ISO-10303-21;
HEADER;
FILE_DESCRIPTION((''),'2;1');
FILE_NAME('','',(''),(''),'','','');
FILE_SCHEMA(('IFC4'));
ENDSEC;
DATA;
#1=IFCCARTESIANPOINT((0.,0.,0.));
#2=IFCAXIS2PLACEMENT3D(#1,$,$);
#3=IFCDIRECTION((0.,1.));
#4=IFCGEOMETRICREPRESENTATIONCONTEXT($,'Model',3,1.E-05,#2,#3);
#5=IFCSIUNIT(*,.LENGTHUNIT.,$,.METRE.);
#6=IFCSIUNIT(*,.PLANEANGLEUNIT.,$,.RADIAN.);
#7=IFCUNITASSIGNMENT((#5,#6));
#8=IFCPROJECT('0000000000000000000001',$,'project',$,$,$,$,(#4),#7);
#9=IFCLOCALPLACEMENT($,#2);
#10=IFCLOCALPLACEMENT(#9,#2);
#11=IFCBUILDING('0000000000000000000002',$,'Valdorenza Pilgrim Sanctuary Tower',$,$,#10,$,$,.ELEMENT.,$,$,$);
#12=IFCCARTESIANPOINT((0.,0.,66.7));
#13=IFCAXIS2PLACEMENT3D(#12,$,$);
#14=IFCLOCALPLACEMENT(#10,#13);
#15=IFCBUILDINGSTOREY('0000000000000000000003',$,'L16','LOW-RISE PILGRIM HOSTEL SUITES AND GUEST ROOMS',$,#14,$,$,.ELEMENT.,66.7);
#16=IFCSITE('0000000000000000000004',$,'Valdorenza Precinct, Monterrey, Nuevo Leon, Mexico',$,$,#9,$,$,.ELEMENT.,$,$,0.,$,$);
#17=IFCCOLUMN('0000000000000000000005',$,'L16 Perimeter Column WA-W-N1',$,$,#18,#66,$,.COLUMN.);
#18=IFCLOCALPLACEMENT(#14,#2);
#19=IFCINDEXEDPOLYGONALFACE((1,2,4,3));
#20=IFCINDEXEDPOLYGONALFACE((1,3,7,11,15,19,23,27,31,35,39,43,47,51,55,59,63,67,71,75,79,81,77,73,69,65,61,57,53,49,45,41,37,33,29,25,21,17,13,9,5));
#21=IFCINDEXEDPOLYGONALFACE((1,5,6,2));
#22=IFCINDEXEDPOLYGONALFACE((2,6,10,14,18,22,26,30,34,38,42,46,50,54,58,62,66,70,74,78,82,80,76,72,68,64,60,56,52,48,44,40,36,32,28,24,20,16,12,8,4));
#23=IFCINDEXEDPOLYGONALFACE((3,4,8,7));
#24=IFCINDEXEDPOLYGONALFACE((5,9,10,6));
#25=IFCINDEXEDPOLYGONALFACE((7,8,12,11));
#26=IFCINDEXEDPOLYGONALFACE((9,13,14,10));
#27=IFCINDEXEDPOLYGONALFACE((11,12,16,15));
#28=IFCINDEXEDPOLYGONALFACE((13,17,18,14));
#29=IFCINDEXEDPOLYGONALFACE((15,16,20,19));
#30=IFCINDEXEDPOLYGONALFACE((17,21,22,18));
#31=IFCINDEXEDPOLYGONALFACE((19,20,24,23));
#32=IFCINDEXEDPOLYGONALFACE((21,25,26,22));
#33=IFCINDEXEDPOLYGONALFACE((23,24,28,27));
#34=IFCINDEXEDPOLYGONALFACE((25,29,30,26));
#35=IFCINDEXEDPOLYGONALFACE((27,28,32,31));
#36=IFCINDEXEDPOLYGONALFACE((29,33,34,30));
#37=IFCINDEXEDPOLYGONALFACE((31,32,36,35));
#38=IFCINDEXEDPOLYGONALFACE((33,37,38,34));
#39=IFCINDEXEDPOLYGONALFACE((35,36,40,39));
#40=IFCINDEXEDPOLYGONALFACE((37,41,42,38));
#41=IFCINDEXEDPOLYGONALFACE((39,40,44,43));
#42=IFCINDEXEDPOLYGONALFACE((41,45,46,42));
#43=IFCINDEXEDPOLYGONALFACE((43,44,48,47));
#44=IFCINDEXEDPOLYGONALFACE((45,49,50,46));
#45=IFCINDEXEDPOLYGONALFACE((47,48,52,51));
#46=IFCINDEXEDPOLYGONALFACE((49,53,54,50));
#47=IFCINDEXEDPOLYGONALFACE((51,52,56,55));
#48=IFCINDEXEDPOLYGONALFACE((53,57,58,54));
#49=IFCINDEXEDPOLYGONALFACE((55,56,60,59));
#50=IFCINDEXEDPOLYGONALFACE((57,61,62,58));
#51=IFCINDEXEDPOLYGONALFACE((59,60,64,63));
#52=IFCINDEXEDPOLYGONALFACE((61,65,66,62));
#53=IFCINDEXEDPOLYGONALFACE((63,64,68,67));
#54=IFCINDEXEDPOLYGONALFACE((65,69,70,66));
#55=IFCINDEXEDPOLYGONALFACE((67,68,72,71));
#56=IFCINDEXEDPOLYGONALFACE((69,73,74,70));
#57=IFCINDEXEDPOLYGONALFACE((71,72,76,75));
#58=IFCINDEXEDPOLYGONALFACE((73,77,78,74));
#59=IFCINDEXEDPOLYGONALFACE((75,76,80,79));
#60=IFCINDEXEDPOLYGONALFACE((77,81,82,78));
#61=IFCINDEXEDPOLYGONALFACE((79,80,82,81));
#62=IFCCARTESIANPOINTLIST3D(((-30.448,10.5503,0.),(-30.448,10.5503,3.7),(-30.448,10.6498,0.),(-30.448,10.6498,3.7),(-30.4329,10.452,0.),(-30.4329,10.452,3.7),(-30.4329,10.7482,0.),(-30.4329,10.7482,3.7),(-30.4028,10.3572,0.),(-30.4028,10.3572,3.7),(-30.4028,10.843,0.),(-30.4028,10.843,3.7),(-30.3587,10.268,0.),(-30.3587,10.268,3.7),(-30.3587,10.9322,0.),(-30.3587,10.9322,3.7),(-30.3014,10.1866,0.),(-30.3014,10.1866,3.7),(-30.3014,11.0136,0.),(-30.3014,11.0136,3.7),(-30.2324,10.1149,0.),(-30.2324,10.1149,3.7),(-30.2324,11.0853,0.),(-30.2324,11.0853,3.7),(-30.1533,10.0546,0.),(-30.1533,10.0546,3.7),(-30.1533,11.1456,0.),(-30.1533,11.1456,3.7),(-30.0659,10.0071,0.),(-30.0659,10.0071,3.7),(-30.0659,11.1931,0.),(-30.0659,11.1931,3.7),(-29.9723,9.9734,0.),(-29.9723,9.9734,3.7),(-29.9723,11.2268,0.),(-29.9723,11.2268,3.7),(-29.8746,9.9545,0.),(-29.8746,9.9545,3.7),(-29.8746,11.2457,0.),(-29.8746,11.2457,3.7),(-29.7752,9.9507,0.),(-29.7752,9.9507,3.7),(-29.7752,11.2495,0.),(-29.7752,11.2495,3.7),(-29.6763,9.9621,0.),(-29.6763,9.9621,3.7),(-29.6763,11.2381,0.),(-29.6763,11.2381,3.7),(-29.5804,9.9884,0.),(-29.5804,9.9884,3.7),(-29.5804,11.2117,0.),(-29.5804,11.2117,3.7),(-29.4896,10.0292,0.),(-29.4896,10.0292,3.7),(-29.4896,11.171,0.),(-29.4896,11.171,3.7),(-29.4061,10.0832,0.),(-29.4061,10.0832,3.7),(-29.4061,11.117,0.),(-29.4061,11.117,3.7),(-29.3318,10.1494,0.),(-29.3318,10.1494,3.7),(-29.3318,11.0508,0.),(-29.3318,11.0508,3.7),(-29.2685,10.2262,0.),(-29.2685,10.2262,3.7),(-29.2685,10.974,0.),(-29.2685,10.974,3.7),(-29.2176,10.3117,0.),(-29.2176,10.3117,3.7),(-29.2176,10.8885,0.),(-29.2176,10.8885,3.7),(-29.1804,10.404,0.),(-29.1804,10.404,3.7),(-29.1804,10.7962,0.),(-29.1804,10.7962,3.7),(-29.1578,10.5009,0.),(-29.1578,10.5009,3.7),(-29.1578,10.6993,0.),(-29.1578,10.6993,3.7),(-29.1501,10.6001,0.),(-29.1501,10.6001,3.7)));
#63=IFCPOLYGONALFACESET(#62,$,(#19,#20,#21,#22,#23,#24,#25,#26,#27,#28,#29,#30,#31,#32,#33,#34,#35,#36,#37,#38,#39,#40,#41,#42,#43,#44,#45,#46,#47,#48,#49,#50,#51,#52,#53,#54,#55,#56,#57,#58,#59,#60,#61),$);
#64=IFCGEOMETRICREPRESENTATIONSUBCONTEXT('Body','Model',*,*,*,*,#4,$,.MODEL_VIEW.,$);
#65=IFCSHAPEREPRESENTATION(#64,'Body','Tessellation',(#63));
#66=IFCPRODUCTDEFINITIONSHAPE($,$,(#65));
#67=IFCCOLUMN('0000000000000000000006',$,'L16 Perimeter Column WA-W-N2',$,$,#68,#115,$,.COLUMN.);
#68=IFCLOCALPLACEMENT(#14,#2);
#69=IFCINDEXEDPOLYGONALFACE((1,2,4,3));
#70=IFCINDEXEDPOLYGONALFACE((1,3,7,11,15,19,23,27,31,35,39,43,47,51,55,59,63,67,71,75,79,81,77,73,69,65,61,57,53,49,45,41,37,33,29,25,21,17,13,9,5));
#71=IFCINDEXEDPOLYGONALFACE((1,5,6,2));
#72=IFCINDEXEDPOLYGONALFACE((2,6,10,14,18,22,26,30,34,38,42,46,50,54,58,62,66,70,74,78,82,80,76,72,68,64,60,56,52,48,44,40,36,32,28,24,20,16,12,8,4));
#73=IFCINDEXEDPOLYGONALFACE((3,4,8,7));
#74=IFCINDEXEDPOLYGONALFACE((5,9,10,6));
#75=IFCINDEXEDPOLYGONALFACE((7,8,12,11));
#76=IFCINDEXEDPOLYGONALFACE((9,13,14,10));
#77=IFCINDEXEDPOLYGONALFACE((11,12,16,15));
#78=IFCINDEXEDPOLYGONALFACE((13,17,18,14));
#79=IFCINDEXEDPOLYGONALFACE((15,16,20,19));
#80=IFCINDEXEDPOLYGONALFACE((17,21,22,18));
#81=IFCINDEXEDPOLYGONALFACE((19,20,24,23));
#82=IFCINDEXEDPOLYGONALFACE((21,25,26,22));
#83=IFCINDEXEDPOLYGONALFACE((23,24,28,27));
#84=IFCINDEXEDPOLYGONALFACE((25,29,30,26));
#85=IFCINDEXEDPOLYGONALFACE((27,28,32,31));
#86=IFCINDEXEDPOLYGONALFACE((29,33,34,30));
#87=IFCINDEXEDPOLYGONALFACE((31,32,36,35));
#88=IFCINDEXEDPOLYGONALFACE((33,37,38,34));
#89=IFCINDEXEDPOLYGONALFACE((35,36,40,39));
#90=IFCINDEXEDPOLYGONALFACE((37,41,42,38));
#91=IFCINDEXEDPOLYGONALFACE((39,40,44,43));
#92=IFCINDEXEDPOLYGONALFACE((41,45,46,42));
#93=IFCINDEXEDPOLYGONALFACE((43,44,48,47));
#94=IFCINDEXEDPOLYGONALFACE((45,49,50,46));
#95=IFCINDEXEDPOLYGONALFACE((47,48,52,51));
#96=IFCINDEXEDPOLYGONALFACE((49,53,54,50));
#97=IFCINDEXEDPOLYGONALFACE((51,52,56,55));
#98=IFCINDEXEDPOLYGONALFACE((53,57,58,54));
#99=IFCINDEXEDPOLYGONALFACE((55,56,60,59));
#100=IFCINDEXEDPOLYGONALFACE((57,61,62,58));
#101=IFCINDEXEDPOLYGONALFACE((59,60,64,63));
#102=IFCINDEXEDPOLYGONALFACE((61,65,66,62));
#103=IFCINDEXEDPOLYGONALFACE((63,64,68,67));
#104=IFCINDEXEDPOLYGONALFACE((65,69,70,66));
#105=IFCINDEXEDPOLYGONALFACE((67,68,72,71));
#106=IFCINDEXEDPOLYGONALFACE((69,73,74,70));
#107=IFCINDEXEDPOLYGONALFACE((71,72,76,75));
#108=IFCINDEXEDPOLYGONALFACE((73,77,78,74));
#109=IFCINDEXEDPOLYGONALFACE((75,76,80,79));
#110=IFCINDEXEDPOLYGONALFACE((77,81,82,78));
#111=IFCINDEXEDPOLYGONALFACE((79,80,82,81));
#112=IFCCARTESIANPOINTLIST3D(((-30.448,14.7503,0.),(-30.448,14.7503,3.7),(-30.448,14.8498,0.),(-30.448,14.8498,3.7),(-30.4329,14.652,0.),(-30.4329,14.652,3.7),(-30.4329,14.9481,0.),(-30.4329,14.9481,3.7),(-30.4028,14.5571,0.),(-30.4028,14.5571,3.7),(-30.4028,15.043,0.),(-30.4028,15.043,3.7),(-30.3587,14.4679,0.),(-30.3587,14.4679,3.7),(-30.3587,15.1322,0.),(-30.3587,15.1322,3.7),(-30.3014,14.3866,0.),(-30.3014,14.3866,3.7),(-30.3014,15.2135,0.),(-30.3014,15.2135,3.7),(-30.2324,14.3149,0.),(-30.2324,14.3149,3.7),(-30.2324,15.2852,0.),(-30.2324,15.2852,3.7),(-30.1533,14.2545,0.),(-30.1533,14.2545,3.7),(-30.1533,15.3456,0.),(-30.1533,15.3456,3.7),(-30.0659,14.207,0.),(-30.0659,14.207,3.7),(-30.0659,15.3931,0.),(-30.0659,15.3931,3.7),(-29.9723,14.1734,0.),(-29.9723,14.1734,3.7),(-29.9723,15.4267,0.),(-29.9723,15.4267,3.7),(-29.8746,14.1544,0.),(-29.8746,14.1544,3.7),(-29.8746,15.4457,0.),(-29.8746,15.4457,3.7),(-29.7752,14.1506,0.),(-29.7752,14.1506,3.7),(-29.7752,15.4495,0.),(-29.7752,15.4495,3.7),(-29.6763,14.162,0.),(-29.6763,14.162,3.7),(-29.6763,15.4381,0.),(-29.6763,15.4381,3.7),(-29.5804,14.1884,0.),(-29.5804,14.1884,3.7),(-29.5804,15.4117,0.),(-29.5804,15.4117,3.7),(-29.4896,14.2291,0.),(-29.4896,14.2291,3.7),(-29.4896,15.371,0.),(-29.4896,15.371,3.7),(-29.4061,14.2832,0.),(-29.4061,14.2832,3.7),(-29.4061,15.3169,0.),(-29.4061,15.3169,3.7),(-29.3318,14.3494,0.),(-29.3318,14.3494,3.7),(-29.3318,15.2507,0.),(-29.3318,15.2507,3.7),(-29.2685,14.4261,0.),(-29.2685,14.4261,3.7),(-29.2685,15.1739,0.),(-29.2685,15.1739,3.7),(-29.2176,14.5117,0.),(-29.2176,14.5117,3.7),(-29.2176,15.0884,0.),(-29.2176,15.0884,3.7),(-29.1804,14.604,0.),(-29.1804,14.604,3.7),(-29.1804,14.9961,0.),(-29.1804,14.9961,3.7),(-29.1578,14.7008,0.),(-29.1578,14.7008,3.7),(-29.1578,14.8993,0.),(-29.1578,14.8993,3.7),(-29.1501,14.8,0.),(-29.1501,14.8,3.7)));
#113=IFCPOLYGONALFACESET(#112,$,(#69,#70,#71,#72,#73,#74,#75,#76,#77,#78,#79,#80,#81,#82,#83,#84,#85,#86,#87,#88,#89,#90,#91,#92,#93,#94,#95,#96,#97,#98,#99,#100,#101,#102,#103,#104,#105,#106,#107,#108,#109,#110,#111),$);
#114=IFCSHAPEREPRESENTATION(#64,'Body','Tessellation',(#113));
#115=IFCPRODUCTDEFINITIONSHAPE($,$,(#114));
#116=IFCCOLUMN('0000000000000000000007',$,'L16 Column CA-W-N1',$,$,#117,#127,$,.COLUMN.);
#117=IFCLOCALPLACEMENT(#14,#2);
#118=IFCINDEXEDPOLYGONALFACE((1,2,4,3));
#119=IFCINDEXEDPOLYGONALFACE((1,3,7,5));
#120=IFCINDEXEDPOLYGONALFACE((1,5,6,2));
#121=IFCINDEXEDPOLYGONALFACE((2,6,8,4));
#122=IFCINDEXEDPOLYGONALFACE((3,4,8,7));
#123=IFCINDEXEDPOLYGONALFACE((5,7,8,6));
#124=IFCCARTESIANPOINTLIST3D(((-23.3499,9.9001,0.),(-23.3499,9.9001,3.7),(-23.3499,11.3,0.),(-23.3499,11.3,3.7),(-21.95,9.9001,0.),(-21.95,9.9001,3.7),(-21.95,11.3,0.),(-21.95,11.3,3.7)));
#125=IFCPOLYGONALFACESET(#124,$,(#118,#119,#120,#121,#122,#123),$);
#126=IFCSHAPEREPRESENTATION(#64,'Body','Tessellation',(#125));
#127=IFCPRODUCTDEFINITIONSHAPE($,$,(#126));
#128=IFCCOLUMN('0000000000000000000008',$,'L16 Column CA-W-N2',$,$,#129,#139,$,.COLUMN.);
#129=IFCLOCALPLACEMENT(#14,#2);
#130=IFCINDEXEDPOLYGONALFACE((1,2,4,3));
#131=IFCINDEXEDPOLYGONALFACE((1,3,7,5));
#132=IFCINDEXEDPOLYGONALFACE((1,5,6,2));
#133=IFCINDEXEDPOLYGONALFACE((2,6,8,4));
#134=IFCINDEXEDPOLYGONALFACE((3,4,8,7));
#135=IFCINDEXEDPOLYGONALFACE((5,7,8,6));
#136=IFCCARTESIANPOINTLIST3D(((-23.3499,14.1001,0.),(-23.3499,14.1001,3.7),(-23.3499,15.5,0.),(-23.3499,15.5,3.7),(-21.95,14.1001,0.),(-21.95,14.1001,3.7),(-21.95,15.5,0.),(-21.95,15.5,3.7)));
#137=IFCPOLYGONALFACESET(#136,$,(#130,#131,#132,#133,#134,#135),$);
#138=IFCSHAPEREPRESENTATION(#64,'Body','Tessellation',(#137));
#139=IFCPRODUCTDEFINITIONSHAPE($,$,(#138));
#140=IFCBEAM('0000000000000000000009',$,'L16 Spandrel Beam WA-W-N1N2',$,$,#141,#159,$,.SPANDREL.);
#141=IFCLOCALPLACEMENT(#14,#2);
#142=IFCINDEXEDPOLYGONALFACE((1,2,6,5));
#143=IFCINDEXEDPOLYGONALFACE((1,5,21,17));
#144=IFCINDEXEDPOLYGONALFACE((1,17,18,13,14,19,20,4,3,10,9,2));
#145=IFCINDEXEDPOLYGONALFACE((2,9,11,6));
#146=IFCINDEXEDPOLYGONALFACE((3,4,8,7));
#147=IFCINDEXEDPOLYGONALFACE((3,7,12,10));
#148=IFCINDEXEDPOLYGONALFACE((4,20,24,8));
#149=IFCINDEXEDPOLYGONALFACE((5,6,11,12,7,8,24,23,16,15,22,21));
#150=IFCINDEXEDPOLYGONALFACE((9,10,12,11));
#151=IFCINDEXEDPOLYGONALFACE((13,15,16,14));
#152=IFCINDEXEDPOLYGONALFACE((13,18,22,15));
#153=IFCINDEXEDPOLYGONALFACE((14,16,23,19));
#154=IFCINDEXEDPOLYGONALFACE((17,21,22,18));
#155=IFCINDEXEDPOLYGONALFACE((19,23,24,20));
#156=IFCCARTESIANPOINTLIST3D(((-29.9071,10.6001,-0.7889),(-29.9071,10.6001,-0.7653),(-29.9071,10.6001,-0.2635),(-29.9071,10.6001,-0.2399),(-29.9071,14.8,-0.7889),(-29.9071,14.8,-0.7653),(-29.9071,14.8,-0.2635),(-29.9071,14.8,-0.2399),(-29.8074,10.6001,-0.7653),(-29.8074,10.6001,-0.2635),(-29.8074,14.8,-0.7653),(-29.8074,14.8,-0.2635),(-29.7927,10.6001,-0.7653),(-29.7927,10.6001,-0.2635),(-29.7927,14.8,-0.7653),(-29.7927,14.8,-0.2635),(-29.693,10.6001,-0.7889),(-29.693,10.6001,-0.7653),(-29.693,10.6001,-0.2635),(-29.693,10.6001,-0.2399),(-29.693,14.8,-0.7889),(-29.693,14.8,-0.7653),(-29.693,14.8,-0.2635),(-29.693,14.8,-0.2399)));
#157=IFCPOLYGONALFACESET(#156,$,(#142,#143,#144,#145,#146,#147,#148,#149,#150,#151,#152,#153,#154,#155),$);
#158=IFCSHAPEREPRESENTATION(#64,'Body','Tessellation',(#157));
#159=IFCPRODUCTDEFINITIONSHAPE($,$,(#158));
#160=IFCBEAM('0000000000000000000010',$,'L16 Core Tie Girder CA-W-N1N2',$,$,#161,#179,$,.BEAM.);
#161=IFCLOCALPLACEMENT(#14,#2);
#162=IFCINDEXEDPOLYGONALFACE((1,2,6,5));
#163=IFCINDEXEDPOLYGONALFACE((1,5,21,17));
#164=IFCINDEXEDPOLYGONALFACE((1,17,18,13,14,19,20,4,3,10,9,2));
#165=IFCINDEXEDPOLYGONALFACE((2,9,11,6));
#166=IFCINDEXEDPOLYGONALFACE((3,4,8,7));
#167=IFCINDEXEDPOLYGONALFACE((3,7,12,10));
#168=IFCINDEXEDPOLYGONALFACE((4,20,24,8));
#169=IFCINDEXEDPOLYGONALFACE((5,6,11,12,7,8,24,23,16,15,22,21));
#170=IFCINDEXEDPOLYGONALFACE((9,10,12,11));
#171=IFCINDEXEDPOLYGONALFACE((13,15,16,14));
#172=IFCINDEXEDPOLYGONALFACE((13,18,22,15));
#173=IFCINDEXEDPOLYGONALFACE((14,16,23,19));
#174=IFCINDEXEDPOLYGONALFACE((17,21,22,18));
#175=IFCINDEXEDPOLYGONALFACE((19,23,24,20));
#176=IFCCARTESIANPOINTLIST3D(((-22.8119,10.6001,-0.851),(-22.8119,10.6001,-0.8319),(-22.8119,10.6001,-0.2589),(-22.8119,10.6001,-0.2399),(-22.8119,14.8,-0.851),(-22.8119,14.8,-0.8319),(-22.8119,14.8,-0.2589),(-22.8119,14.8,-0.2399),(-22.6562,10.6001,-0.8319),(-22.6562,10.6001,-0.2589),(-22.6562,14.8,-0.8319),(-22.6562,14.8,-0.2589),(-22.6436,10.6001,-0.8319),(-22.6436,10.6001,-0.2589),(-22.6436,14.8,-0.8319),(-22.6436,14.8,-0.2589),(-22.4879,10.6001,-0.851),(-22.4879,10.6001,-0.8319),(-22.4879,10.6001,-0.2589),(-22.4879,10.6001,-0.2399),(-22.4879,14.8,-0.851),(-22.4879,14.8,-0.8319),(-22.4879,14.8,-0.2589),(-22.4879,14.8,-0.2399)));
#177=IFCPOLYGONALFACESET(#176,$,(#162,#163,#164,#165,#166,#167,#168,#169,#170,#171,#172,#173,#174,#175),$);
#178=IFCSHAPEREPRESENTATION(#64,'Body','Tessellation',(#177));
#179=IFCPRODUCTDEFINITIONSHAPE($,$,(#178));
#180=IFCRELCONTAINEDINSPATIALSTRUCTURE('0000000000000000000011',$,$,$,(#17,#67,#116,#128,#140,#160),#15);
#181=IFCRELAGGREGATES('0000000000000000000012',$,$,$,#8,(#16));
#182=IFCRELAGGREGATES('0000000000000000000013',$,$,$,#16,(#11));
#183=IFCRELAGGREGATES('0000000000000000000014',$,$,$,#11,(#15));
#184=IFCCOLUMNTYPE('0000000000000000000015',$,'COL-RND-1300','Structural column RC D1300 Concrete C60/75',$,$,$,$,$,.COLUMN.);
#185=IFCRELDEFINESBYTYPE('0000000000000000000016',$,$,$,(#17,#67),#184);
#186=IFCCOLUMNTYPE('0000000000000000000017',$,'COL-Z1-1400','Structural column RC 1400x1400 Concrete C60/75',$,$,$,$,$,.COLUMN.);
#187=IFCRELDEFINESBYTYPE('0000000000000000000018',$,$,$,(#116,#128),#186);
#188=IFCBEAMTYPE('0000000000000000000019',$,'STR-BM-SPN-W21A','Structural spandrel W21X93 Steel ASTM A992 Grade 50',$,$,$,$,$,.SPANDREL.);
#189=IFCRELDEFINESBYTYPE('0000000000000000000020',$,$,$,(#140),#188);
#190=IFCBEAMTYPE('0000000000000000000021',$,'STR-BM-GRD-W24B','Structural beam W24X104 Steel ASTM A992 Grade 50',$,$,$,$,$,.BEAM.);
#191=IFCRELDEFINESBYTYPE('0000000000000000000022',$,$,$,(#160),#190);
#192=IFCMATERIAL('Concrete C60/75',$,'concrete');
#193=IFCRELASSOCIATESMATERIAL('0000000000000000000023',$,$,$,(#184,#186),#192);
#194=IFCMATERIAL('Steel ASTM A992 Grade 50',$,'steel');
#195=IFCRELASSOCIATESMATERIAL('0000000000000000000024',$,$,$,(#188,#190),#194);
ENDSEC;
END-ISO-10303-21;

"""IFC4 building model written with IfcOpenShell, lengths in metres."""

from ifc_helpers import new_model, si_unit, direction, frame, origin, origin_2d, place, context, subcontext, project, spatial, rectangle, circle, i_section, extrude, source, transform, mapped, material, material_profile, profile_set, type_object, element, save


model = new_model("IFC4")

# Units and contexts
model_context = context("Model", 3, precision=1e-05, world=origin(), true_north=direction((0.0, 1.0)))
body_context = subcontext(model_context, "Body", "Model", "MODEL_VIEW")
ifc_project = project(units=[si_unit("LENGTHUNIT", "METRE"), si_unit("PLANEANGLEUNIT", "RADIAN")], contexts=[model_context])

# Site, building, storey
site_placement = place(None, origin())
site = spatial("IfcSite", under=ifc_project, at=site_placement, Name="Valdorenza Precinct, Monterrey, Nuevo Leon, Mexico", CompositionType="ELEMENT", RefElevation=0.0)
building_placement = place(site_placement, origin())
building = spatial("IfcBuilding", under=site, at=building_placement, Name="Valdorenza Pilgrim Sanctuary Tower", CompositionType="ELEMENT")
storey_placement = place(building_placement, frame((0.0, 0.0, 66.7)))
storey = spatial("IfcBuildingStorey", under=building, at=storey_placement, Name="L16", Description="LOW-RISE PILGRIM HOSTEL SUITES AND GUEST ROOMS", CompositionType="ELEMENT", Elevation=66.7)

# Columns
ifc_material_1 = material(Name="Concrete C60/75", Category="concrete")
ifc_material_profile_1 = material_profile(ifc_material_1, circle(Radius=0.6499, at=origin_2d()), Name="RC D1300")
ifc_profile_set_1 = profile_set([ifc_material_profile_1], Name="Concrete C60/75")
column_type_1 = type_object("IfcColumnType", Name="COL-RND-1300", Description="Structural column RC D1300 Concrete C60/75", PredefinedType="COLUMN", material=ifc_profile_set_1)
shared_shape_1 = source(origin(), body_context, "Body", "SweptSolid", [
    extrude(circle(Radius=0.6499, at=origin_2d()), origin(), (0.0, 0.0, 1.0), 3.7),
])
for number, where, z_axis, x_axis, name in (
    (1, (-29.8, 10.6001, 0.0), (0.0, 0.0, 1.0), (1.0, 0.0, 0.0), "L16 Perimeter Column WA-W-N1"),
    (2, (-29.8, 14.8, 0.0), (0.0, 0.0, 1.0), (1.0, 0.0, 0.0), "L16 Perimeter Column WA-W-N2"),
):
    element("IfcColumn", number, at=place(storey_placement, frame(where, z_axis=z_axis, x_axis=x_axis)), inside=storey, type_object=column_type_1, Name=name, PredefinedType="COLUMN", context=body_context, shape_type="MappedRepresentation", body=[
        mapped(shared_shape_1, transform((0.0, 0.0, 0.0), x_axis=(1.0, 0.0, 0.0), y_axis=(0.0, 1.0, 0.0), z_axis=(0.0, 0.0, 1.0), scale=1.0)),
    ])
ifc_material_profile_2 = material_profile(ifc_material_1, rectangle(XDim=1.3999, YDim=1.3999, at=origin_2d()), Name="RC 1400x1400")
ifc_profile_set_2 = profile_set([ifc_material_profile_2], Name="Concrete C60/75")
column_type_2 = type_object("IfcColumnType", Name="COL-Z1-1400", Description="Structural column RC 1400x1400 Concrete C60/75", PredefinedType="COLUMN", material=ifc_profile_set_2)
shared_shape_2 = source(origin(), body_context, "Body", "SweptSolid", [
    extrude(rectangle(XDim=1.3999, YDim=1.3999, at=origin_2d()), origin(), (0.0, 0.0, 1.0), 3.7),
])
for number, where, z_axis, x_axis, name in (
    (3, (-22.6499, 10.6001, 0.0), (0.0, 0.0, 1.0), (1.0, 0.0, 0.0), "L16 Column CA-W-N1"),
    (4, (-22.6499, 14.8, 0.0), (0.0, 0.0, 1.0), (1.0, 0.0, 0.0), "L16 Column CA-W-N2"),
):
    element("IfcColumn", number, at=place(storey_placement, frame(where, z_axis=z_axis, x_axis=x_axis)), inside=storey, type_object=column_type_2, Name=name, PredefinedType="COLUMN", context=body_context, shape_type="MappedRepresentation", body=[
        mapped(shared_shape_2, transform((0.0, 0.0, 0.0), x_axis=(1.0, 0.0, 0.0), y_axis=(0.0, 1.0, 0.0), z_axis=(0.0, 0.0, 1.0), scale=1.0)),
    ])

# Beams
ifc_material_2 = material(Name="Steel ASTM A992 Grade 50", Category="steel")
ifc_material_profile_3 = material_profile(ifc_material_2, i_section(OverallWidth=0.2141, OverallDepth=0.5491, WebThickness=0.0146, FlangeThickness=0.0237, at=origin_2d()), Name="W21X93")
ifc_profile_set_3 = profile_set([ifc_material_profile_3], Name="Steel ASTM A992 Grade 50")
beam_type_1 = type_object("IfcBeamType", Name="STR-BM-SPN-W21A", Description="Structural spandrel W21X93 Steel ASTM A992 Grade 50", PredefinedType="SPANDREL", material=ifc_profile_set_3)
shared_shape_3 = source(origin(), body_context, "Body", "SweptSolid", [
    extrude(i_section(OverallWidth=0.2141, OverallDepth=0.5491, WebThickness=0.0146, FlangeThickness=0.0237, at=origin_2d()), origin(), (0.0, 0.0, 1.0), 4.2),
])
beam_1_placement = place(storey_placement, frame((-29.8, 10.6001, -0.5144), z_axis=(0.0, 1.0, 0.0), x_axis=(-1.0, 0.0, 0.0)))
element("IfcBeam", 5, at=beam_1_placement, inside=storey, type_object=beam_type_1, Name="L16 Spandrel Beam WA-W-N1N2", PredefinedType="SPANDREL", context=body_context, shape_type="MappedRepresentation", body=[
    mapped(shared_shape_3, transform((0.0, 0.0, 0.0), x_axis=(1.0, 0.0, 0.0), y_axis=(0.0, 1.0, 0.0), z_axis=(0.0, 0.0, 1.0), scale=1.0)),
])
ifc_material_profile_4 = material_profile(ifc_material_2, i_section(OverallWidth=0.324, OverallDepth=0.6111, WebThickness=0.0127, FlangeThickness=0.019, at=origin_2d()), Name="W24X104")
ifc_profile_set_4 = profile_set([ifc_material_profile_4], Name="Steel ASTM A992 Grade 50")
beam_type_2 = type_object("IfcBeamType", Name="STR-BM-GRD-W24B", Description="Structural beam W24X104 Steel ASTM A992 Grade 50", PredefinedType="BEAM", material=ifc_profile_set_4)
shared_shape_4 = source(origin(), body_context, "Body", "SweptSolid", [
    extrude(i_section(OverallWidth=0.324, OverallDepth=0.6111, WebThickness=0.0127, FlangeThickness=0.019, at=origin_2d()), origin(), (0.0, 0.0, 1.0), 4.2),
])
beam_2_placement = place(storey_placement, frame((-22.6499, 10.6001, -0.5454), z_axis=(0.0, 1.0, 0.0), x_axis=(-1.0, 0.0, 0.0)))
element("IfcBeam", 6, at=beam_2_placement, inside=storey, type_object=beam_type_2, Name="L16 Core Tie Girder CA-W-N1N2", PredefinedType="BEAM", context=body_context, shape_type="MappedRepresentation", body=[
    mapped(shared_shape_4, transform((0.0, 0.0, 0.0), x_axis=(1.0, 0.0, 0.0), y_axis=(0.0, 1.0, 0.0), z_axis=(0.0, 0.0, 1.0), scale=1.0)),
])

save(model, "model.ifc")
